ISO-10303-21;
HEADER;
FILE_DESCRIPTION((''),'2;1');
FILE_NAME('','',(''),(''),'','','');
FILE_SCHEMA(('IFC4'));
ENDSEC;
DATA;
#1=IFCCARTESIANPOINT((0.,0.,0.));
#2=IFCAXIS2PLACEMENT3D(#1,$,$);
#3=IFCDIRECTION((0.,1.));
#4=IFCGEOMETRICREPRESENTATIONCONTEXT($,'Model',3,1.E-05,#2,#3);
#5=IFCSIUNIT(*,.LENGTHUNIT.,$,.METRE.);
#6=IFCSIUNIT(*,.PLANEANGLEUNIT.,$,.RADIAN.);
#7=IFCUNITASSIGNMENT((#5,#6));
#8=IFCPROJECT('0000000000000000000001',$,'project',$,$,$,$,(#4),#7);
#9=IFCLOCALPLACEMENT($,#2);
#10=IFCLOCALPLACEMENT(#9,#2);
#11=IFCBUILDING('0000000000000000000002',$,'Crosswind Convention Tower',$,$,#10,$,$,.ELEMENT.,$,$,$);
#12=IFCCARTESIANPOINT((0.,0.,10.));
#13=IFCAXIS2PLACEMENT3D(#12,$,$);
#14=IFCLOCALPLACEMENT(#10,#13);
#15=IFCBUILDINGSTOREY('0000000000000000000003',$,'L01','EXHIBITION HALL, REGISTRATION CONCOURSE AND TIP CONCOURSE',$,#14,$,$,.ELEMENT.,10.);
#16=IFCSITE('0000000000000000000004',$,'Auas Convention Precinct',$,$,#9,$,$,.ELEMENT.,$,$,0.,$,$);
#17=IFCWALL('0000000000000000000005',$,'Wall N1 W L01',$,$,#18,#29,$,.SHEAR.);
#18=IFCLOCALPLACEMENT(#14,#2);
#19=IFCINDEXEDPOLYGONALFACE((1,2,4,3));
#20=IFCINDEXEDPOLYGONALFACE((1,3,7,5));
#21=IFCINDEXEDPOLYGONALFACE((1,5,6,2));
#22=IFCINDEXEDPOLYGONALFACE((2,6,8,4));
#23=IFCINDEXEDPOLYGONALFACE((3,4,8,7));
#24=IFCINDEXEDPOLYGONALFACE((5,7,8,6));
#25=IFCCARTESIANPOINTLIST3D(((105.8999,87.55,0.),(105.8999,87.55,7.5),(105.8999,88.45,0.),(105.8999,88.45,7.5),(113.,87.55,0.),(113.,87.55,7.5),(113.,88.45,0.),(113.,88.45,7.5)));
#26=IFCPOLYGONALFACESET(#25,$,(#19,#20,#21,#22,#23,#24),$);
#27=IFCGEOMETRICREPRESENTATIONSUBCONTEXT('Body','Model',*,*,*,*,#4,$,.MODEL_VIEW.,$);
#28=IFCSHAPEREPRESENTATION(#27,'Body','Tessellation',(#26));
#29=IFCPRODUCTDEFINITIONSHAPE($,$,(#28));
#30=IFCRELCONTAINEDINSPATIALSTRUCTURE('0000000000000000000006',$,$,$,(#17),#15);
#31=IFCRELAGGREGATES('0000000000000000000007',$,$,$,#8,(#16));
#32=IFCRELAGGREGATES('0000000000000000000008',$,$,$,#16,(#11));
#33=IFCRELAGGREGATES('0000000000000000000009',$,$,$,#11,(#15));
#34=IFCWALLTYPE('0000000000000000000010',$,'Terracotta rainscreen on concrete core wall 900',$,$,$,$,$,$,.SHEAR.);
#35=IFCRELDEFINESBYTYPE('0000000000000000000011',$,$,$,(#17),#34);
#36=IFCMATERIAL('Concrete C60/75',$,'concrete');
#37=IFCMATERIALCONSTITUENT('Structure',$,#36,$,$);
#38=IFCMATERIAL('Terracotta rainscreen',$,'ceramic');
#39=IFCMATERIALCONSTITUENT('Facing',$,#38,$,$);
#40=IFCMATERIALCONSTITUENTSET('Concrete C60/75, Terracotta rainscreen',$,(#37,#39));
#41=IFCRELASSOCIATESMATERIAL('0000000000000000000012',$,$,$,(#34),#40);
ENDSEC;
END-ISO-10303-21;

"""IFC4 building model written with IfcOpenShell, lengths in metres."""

from ifc_helpers import new_model, si_unit, direction, frame, frame_2d, origin, place, context, subcontext, project, spatial, rectangle, extrude, material, constituent, constituent_set, type_object, element, save


model = new_model("IFC4")

# Units and contexts
model_context = context("Model", 3, precision=1e-05, world=origin(), true_north=direction((0.0, 1.0)))
body_context = subcontext(model_context, "Body", "Model", "MODEL_VIEW")
ifc_project = project(units=[si_unit("LENGTHUNIT", "METRE"), si_unit("PLANEANGLEUNIT", "RADIAN")], contexts=[model_context])

# Site, building, storey
site_placement = place(None, origin())
site = spatial("IfcSite", under=ifc_project, at=site_placement, Name="Auas Convention Precinct", CompositionType="ELEMENT", RefElevation=0.0)
building_placement = place(site_placement, origin())
building = spatial("IfcBuilding", under=site, at=building_placement, Name="Crosswind Convention Tower", CompositionType="ELEMENT")
storey_placement = place(building_placement, frame((0.0, 0.0, 10.0)))
storey = spatial("IfcBuildingStorey", under=building, at=storey_placement, Name="L01", Description="EXHIBITION HALL, REGISTRATION CONCOURSE AND TIP CONCOURSE", CompositionType="ELEMENT", Elevation=10.0)

# Wall
ifc_material_1 = material(Name="Concrete C60/75", Category="concrete")
ifc_constituent_1 = constituent(ifc_material_1, Name="Structure")
ifc_material_2 = material(Name="Terracotta rainscreen", Category="ceramic")
ifc_constituent_2 = constituent(ifc_material_2, Name="Facing")
ifc_constituent_set = constituent_set(constituents=[ifc_constituent_1, ifc_constituent_2], Name="Concrete C60/75, Terracotta rainscreen")
wall_type_1 = type_object("IfcWallType", Name="Terracotta rainscreen on concrete core wall 900", PredefinedType="SHEAR", material=ifc_constituent_set)
wall_1_placement = place(storey_placement, frame((113.0, 88.0, 0.0), z_axis=(0.0, 0.0, 1.0), x_axis=(-1.0, 0.0, 0.0)))
element("IfcWall", 1, at=wall_1_placement, inside=storey, type_object=wall_type_1, Name="Wall N1 W L01", PredefinedType="SHEAR", context=body_context, shape_type="SweptSolid", body=[
    extrude(rectangle(XDim=7.1001, YDim=0.8999, at=frame_2d((3.55, 0.0))), origin(), (0.0, 0.0, 1.0), 7.5),
])

save(model, "model.ifc")
